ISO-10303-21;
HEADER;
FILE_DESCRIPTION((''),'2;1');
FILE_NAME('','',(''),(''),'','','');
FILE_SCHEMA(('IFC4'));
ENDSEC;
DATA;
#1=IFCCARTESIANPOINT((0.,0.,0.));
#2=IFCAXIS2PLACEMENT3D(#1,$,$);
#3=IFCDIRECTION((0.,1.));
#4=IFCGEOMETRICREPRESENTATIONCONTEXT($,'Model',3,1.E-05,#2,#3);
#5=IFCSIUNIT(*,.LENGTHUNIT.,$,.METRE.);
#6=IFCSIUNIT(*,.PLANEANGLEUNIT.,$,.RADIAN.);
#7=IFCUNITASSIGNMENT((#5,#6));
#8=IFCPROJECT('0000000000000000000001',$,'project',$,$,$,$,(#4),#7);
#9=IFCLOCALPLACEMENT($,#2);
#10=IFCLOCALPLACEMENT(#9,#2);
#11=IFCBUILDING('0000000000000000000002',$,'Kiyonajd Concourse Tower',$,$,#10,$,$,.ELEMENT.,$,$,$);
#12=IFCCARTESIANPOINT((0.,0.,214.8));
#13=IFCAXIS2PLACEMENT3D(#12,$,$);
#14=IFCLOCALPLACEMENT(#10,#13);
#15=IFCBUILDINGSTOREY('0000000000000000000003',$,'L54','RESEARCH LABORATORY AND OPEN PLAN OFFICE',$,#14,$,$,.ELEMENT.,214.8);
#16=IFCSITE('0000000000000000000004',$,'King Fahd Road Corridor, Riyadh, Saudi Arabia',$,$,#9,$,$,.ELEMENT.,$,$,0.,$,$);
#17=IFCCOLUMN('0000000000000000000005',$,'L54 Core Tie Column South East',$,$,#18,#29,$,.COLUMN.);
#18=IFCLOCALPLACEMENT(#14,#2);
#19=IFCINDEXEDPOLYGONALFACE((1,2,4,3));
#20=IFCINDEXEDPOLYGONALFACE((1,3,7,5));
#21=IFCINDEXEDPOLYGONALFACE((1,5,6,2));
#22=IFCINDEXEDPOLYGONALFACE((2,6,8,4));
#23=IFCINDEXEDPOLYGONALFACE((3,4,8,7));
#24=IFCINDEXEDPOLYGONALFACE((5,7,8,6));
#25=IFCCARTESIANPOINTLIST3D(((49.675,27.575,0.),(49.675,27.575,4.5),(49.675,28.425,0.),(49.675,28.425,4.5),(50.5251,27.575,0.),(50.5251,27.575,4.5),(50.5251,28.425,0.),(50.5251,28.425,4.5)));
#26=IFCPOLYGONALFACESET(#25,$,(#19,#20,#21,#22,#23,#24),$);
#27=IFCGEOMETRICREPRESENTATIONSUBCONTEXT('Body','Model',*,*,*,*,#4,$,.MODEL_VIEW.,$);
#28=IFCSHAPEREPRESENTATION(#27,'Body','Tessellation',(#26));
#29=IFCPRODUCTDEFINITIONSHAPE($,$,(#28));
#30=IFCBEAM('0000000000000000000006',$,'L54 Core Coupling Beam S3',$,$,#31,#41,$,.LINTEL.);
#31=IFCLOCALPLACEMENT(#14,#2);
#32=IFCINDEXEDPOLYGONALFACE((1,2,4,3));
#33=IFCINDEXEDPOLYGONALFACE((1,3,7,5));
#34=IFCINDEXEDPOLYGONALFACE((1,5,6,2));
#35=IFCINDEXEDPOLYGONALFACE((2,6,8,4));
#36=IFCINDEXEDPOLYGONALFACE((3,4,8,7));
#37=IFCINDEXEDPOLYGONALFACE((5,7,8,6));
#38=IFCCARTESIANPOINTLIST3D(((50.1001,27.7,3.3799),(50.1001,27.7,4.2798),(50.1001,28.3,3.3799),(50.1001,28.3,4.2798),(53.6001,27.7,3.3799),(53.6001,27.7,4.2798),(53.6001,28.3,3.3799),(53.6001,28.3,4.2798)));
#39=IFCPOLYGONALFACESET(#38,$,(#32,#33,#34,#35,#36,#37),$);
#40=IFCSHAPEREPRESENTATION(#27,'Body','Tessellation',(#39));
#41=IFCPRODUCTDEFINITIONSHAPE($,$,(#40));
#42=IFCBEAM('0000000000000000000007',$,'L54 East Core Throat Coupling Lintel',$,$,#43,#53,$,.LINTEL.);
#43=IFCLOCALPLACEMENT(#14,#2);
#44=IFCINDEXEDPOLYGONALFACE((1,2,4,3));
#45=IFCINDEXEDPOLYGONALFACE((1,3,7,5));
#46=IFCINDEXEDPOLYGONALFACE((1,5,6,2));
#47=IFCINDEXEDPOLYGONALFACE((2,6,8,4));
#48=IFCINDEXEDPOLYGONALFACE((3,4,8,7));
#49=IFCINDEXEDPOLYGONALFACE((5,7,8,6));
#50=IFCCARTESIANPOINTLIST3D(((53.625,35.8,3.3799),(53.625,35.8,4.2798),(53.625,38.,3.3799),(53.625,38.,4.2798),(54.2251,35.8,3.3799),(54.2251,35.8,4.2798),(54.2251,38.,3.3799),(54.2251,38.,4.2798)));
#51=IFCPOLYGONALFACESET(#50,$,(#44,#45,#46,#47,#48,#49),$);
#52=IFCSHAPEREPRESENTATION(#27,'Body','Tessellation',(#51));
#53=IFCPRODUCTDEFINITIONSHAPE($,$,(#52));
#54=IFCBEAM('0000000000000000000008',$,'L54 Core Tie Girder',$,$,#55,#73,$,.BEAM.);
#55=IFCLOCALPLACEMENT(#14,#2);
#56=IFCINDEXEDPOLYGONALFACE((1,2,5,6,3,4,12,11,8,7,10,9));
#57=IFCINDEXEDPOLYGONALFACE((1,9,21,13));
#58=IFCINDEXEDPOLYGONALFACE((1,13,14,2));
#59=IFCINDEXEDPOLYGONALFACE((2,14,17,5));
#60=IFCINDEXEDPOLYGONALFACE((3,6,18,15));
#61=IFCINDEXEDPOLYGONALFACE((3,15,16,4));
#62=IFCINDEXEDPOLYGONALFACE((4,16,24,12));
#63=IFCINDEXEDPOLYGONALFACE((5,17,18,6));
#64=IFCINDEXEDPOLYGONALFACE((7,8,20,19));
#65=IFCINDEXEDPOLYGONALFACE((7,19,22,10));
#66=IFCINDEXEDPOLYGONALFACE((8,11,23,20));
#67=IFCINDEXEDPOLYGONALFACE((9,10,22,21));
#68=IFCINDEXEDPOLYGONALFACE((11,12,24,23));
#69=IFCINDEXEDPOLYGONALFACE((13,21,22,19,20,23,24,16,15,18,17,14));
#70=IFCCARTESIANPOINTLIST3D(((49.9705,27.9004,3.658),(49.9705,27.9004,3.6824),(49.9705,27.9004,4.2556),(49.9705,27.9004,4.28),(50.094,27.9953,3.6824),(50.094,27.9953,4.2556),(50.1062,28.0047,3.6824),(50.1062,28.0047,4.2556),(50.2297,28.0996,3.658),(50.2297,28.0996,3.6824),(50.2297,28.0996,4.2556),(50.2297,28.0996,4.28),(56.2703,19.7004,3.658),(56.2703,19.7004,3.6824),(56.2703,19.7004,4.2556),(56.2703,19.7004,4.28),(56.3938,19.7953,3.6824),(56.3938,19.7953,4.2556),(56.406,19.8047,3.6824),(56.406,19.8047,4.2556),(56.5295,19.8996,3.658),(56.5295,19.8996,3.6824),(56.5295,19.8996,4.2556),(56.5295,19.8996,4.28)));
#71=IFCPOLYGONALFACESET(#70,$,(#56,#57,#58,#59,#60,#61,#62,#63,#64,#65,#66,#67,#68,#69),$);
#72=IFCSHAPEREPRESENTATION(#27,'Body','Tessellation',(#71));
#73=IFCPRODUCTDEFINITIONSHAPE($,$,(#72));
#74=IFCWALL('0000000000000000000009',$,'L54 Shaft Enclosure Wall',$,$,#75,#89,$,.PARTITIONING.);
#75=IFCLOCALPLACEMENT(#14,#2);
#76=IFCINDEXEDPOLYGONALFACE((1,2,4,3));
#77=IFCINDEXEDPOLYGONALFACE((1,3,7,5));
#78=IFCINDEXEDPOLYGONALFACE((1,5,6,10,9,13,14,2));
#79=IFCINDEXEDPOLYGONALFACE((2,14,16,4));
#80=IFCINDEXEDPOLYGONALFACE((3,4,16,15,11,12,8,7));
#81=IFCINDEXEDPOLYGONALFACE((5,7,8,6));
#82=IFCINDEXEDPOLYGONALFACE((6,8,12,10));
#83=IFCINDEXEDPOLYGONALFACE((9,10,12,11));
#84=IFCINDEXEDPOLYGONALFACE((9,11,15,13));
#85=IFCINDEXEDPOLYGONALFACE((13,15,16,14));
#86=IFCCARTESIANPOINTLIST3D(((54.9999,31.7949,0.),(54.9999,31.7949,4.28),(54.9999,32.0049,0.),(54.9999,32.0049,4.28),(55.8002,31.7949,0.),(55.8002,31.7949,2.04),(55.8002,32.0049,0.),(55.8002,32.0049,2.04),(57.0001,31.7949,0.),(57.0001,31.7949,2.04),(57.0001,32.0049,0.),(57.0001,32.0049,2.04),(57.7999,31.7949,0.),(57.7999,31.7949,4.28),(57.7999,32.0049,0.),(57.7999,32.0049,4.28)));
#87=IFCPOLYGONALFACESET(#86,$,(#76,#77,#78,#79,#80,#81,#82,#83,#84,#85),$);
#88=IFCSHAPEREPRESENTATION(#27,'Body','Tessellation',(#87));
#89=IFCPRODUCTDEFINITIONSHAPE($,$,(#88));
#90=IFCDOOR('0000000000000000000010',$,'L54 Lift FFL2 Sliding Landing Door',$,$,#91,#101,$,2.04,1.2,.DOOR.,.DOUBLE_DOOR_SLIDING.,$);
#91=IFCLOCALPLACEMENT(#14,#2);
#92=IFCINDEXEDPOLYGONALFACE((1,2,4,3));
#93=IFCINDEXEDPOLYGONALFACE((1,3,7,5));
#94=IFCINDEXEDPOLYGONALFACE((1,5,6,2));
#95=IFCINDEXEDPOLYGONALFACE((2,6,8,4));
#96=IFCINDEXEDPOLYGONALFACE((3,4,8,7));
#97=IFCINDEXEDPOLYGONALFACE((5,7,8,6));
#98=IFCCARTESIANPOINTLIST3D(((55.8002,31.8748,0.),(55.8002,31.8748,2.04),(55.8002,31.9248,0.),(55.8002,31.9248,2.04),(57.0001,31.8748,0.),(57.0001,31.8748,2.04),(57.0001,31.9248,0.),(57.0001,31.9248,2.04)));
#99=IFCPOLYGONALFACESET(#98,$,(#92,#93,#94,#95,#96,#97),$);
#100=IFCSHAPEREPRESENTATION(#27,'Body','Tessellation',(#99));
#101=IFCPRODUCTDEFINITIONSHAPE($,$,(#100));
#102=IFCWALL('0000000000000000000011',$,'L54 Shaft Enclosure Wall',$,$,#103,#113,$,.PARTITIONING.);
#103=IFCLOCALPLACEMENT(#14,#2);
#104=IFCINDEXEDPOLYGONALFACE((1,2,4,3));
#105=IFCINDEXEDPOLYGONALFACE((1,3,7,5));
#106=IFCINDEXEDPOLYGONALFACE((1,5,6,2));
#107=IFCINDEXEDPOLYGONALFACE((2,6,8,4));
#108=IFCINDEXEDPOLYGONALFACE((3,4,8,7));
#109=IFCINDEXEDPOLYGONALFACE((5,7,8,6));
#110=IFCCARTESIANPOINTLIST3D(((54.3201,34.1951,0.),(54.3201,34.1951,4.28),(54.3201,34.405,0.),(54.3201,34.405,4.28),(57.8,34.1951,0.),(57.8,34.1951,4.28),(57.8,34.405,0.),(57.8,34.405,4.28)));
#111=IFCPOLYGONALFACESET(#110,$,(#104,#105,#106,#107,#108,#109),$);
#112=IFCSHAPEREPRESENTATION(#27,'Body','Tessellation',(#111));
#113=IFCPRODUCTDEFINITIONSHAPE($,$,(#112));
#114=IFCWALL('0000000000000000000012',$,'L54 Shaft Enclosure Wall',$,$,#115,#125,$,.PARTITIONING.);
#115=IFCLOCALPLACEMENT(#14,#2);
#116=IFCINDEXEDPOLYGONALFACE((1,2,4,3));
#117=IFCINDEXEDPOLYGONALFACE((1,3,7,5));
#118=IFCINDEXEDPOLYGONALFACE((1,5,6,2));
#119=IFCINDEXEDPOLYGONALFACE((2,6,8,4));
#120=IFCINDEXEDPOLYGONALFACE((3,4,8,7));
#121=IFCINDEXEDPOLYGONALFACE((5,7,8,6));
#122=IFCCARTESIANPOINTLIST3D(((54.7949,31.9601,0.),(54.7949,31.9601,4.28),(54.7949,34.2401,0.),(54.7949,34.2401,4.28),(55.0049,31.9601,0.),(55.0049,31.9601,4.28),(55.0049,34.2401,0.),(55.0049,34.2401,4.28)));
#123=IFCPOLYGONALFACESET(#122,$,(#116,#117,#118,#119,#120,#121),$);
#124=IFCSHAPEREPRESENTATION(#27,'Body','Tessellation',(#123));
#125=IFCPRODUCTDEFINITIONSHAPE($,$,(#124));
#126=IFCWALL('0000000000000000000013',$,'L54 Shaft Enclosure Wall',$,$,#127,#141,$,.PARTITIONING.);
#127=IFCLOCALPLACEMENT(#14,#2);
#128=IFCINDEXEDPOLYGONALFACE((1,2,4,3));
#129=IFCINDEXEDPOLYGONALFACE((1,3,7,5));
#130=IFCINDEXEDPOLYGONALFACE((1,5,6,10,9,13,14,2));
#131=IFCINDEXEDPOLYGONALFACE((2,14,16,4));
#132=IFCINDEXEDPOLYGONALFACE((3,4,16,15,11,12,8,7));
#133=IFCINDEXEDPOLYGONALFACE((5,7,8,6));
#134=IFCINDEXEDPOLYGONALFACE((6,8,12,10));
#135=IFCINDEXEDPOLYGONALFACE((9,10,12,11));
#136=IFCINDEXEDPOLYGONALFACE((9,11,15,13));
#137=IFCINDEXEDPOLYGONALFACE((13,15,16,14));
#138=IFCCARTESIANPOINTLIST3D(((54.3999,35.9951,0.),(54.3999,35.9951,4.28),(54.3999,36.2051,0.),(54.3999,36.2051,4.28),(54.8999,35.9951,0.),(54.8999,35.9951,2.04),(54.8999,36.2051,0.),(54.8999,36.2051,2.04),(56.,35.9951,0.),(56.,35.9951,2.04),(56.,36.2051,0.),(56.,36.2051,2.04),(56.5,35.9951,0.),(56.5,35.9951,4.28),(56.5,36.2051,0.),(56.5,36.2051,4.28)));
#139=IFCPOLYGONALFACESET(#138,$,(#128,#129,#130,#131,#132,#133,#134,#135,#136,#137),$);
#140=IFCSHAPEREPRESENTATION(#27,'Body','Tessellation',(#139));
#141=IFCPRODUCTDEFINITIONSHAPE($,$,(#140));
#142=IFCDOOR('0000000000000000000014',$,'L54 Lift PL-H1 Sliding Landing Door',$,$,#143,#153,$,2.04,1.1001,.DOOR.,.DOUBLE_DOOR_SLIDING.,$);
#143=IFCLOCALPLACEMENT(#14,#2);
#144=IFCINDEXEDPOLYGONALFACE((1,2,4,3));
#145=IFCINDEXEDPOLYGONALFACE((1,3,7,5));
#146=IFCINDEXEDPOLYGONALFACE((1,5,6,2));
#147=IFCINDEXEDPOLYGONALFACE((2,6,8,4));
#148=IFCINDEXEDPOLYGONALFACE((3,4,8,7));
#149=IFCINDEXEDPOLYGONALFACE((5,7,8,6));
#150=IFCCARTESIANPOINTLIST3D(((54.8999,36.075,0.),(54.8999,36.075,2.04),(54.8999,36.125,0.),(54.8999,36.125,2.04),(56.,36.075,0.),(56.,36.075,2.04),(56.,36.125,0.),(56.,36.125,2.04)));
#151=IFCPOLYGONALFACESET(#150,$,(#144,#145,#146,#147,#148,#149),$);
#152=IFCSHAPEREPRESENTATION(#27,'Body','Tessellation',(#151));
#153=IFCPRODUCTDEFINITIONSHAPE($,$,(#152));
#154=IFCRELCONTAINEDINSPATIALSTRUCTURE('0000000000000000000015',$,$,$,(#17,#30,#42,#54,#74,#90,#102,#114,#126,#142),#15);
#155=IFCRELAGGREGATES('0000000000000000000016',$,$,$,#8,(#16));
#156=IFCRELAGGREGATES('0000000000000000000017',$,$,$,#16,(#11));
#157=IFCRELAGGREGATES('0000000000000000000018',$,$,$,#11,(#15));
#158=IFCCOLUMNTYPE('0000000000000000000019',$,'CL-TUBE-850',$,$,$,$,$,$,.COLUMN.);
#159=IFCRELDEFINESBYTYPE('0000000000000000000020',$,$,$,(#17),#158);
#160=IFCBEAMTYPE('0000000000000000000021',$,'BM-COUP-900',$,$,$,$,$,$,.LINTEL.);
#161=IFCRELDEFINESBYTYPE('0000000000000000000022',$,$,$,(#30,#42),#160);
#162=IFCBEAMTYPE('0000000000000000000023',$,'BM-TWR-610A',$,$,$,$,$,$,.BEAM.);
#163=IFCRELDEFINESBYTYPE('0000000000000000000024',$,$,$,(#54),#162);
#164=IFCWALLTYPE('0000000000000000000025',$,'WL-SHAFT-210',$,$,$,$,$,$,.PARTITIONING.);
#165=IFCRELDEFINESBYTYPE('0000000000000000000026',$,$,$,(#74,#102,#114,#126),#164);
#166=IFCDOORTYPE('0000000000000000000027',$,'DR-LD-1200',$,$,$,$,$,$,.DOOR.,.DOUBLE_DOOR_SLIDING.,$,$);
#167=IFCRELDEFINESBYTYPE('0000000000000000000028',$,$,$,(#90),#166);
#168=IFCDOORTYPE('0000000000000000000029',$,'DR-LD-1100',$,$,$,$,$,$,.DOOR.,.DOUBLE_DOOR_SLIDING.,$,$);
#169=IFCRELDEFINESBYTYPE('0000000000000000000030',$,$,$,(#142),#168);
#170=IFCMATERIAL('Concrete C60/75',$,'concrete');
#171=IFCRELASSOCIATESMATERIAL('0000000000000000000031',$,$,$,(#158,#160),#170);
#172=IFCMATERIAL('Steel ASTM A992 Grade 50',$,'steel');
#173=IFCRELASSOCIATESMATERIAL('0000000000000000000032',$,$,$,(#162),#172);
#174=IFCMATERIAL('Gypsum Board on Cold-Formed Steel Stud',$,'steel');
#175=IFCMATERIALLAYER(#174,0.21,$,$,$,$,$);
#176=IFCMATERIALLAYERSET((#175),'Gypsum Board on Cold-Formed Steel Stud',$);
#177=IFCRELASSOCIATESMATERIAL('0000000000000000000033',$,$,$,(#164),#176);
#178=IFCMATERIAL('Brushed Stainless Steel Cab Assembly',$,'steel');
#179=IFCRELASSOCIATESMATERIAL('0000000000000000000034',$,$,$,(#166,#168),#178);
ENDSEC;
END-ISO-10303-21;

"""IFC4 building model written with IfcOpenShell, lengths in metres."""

from ifc_helpers import new_model, si_unit, direction, frame, frame_2d, origin, origin_2d, place, context, subcontext, project, spatial, rectangle, i_section, extrude, material, layer, layer_set, material_profile, profile_set, type_object, element, fill, save


model = new_model("IFC4")

# Units and contexts
model_context = context("Model", 3, precision=1e-05, world=origin(), true_north=direction((0.0, 1.0)))
body_context = subcontext(model_context, "Body", "Model", "MODEL_VIEW")
ifc_project = project(units=[si_unit("LENGTHUNIT", "METRE"), si_unit("PLANEANGLEUNIT", "RADIAN")], contexts=[model_context])

# Site, building, storey
site_placement = place(None, origin())
site = spatial("IfcSite", under=ifc_project, at=site_placement, Name="King Fahd Road Corridor, Riyadh, Saudi Arabia", CompositionType="ELEMENT", RefElevation=0.0)
building_placement = place(site_placement, origin())
building = spatial("IfcBuilding", under=site, at=building_placement, Name="Kiyonajd Concourse Tower", CompositionType="ELEMENT")
storey_placement = place(building_placement, frame((0.0, 0.0, 214.8)))
storey = spatial("IfcBuildingStorey", under=building, at=storey_placement, Name="L54", Description="RESEARCH LABORATORY AND OPEN PLAN OFFICE", CompositionType="ELEMENT", Elevation=214.8)

# Column
ifc_material_1 = material(Name="Concrete C60/75", Category="concrete")
ifc_material_profile_1 = material_profile(ifc_material_1, rectangle(XDim=0.8501, YDim=0.8501, at=origin_2d()), Name="RC-850x850")
ifc_profile_set_1 = profile_set([ifc_material_profile_1], Name="Concrete C60/75")
column_type = type_object("IfcColumnType", Name="CL-TUBE-850", PredefinedType="COLUMN", material=ifc_profile_set_1)
column_placement = place(storey_placement, frame((50.1001, 28.0, 0.0), z_axis=(0.0, 0.0, 1.0), x_axis=(1.0, 0.0, 0.0)))
element("IfcColumn", 1, at=column_placement, inside=storey, type_object=column_type, Name="L54 Core Tie Column South East", PredefinedType="COLUMN", context=body_context, shape_type="SweptSolid", body=[
    extrude(rectangle(XDim=0.8501, YDim=0.8501, at=origin_2d()), origin(), (0.0, 0.0, 1.0), 4.5),
])

# Beams
ifc_material_profile_2 = material_profile(ifc_material_1, rectangle(XDim=0.6001, YDim=0.8999, at=origin_2d()), Name="RCBM-600x900")
ifc_profile_set_2 = profile_set([ifc_material_profile_2], Name="Concrete C60/75")
beam_type_1 = type_object("IfcBeamType", Name="BM-COUP-900", PredefinedType="LINTEL", material=ifc_profile_set_2)
beam_1_placement = place(storey_placement, frame((50.1001, 28.0, 3.8298), z_axis=(1.0, 0.0, 0.0), x_axis=(0.0, 1.0, 0.0)))
element("IfcBeam", 2, at=beam_1_placement, inside=storey, type_object=beam_type_1, Name="L54 Core Coupling Beam S3", PredefinedType="LINTEL", context=body_context, shape_type="SweptSolid", body=[
    extrude(rectangle(XDim=0.6001, YDim=0.8999, at=origin_2d()), origin(), (0.0, 0.0, 1.0), 3.5),
])
beam_2_placement = place(storey_placement, frame((53.925, 35.8, 3.8298), z_axis=(0.0, 1.0, 0.0), x_axis=(-1.0, 0.0, 0.0)))
element("IfcBeam", 3, at=beam_2_placement, inside=storey, type_object=beam_type_1, Name="L54 East Core Throat Coupling Lintel", PredefinedType="LINTEL", context=body_context, shape_type="SweptSolid", body=[
    extrude(rectangle(XDim=0.6001, YDim=0.8999, at=origin_2d()), origin(), (0.0, 0.0, 1.0), 2.2),
])
ifc_material_2 = material(Name="Steel ASTM A992 Grade 50", Category="steel")
ifc_material_profile_3 = material_profile(ifc_material_2, i_section(OverallWidth=0.3269, OverallDepth=0.6221, WebThickness=0.0154, FlangeThickness=0.0244, at=origin_2d()), Name="W610X195")
ifc_profile_set_3 = profile_set([ifc_material_profile_3], Name="Steel ASTM A992 Grade 50")
beam_type_2 = type_object("IfcBeamType", Name="BM-TWR-610A", PredefinedType="BEAM", material=ifc_profile_set_3)
beam_3_placement = place(storey_placement, frame((50.1001, 28.0, 3.969), z_axis=(0.609234, -0.792991, 0.0), x_axis=(0.792991, 0.609234, 0.0)))
element("IfcBeam", 4, at=beam_3_placement, inside=storey, type_object=beam_type_2, Name="L54 Core Tie Girder", PredefinedType="BEAM", context=body_context, shape_type="SweptSolid", body=[
    extrude(i_section(OverallWidth=0.3269, OverallDepth=0.6221, WebThickness=0.0154, FlangeThickness=0.0244, at=origin_2d()), origin(), (0.0, 0.0, 1.0), 10.3406),
])

# Wall, opening, door
ifc_material_3 = material(Name="Gypsum Board on Cold-Formed Steel Stud", Category="steel")
ifc_layer_1 = layer(ifc_material_3, 0.21)
ifc_layer_set_1 = layer_set([ifc_layer_1], Name="Gypsum Board on Cold-Formed Steel Stud")
wall_type_1 = type_object("IfcWallType", Name="WL-SHAFT-210", PredefinedType="PARTITIONING", material=ifc_layer_set_1)
wall_1_placement = place(storey_placement, frame((55.0, 31.8999, 0.0), z_axis=(0.0, 0.0, 1.0), x_axis=(1.0, 0.0, 0.0)))
wall_1 = element("IfcWall", 5, at=wall_1_placement, inside=storey, type_object=wall_type_1, Name="L54 Shaft Enclosure Wall", PredefinedType="PARTITIONING", context=body_context, shape_type="SweptSolid", body=[
    extrude(rectangle(XDim=2.8, YDim=0.21, at=frame_2d((1.3999, 0.0))), origin(), (0.0, 0.0, 1.0), 4.28),
])
opening_1_placement = place(wall_1_placement, frame((0.8, 0.0, 0.0)))
opening_1 = element("IfcOpeningElement", 6, at=opening_1_placement, cuts=wall_1, PredefinedType="OPENING", context=body_context, shape_type="SweptSolid", body=[
    extrude(rectangle(XDim=1.2, YDim=2.04, at=frame_2d((0.6001, 1.02))), frame((0.0, 0.115, 0.0), z_axis=(0.0, -1.0, 0.0), x_axis=(1.0, 0.0, 0.0)), (0.0, 0.0, 1.0), 0.23),
])
ifc_material_4 = material(Name="Brushed Stainless Steel Cab Assembly", Category="steel")
door_type_1 = type_object("IfcDoorType", Name="DR-LD-1200", OperationType="DOUBLE_DOOR_SLIDING", PredefinedType="DOOR", material=ifc_material_4)
door_1_placement = place(opening_1_placement, origin())
door_1 = element("IfcDoor", 7, at=door_1_placement, inside=storey, type_object=door_type_1, Name="L54 Lift FFL2 Sliding Landing Door", OperationType="DOUBLE_DOOR_SLIDING", OverallHeight=2.04, OverallWidth=1.2, PredefinedType="DOOR", context=body_context, shape_type="SweptSolid", body=[
    extrude(rectangle(XDim=1.2, YDim=2.04, at=frame_2d((0.6001, 1.02))), frame((0.0, 0.0249, 0.0), z_axis=(0.0, -1.0, 0.0), x_axis=(1.0, 0.0, 0.0)), (0.0, 0.0, 1.0), 0.05),
])
fill(opening_1, door_1)

# Walls
wall_2_placement = place(storey_placement, frame((54.3201, 34.3, 0.0), z_axis=(0.0, 0.0, 1.0), x_axis=(1.0, 0.0, 0.0)))
element("IfcWall", 8, at=wall_2_placement, inside=storey, type_object=wall_type_1, Name="L54 Shaft Enclosure Wall", PredefinedType="PARTITIONING", context=body_context, shape_type="SweptSolid", body=[
    extrude(rectangle(XDim=3.48, YDim=0.21, at=frame_2d((1.74, 0.0))), origin(), (0.0, 0.0, 1.0), 4.28),
])
wall_3_placement = place(storey_placement, frame((54.8999, 31.96, 0.0), z_axis=(0.0, 0.0, 1.0), x_axis=(0.0, 1.0, 0.0)))
element("IfcWall", 9, at=wall_3_placement, inside=storey, type_object=wall_type_1, Name="L54 Shaft Enclosure Wall", PredefinedType="PARTITIONING", context=body_context, shape_type="SweptSolid", body=[
    extrude(rectangle(XDim=2.28, YDim=0.21, at=frame_2d((1.1401, 0.0))), origin(), (0.0, 0.0, 1.0), 4.28),
])

# Wall, opening, door
wall_4_placement = place(storey_placement, frame((54.3999, 36.1001, 0.0), z_axis=(0.0, 0.0, 1.0), x_axis=(1.0, 0.0, 0.0)))
wall_4 = element("IfcWall", 10, at=wall_4_placement, inside=storey, type_object=wall_type_1, Name="L54 Shaft Enclosure Wall", PredefinedType="PARTITIONING", context=body_context, shape_type="SweptSolid", body=[
    extrude(rectangle(XDim=2.1001, YDim=0.21, at=frame_2d((1.05, 0.0))), origin(), (0.0, 0.0, 1.0), 4.28),
])
opening_2_placement = place(wall_4_placement, frame((0.5, 0.0, 0.0)))
opening_2 = element("IfcOpeningElement", 11, at=opening_2_placement, cuts=wall_4, PredefinedType="OPENING", context=body_context, shape_type="SweptSolid", body=[
    extrude(rectangle(XDim=1.1001, YDim=2.04, at=frame_2d((0.55, 1.02))), frame((0.0, 0.115, 0.0), z_axis=(0.0, -1.0, 0.0), x_axis=(1.0, 0.0, 0.0)), (0.0, 0.0, 1.0), 0.23),
])
door_type_2 = type_object("IfcDoorType", Name="DR-LD-1100", OperationType="DOUBLE_DOOR_SLIDING", PredefinedType="DOOR", material=ifc_material_4)
door_2_placement = place(opening_2_placement, origin())
door_2 = element("IfcDoor", 12, at=door_2_placement, inside=storey, type_object=door_type_2, Name="L54 Lift PL-H1 Sliding Landing Door", OperationType="DOUBLE_DOOR_SLIDING", OverallHeight=2.04, OverallWidth=1.1001, PredefinedType="DOOR", context=body_context, shape_type="SweptSolid", body=[
    extrude(rectangle(XDim=1.1001, YDim=2.04, at=frame_2d((0.55, 1.02))), frame((0.0, 0.0249, 0.0), z_axis=(0.0, -1.0, 0.0), x_axis=(1.0, 0.0, 0.0)), (0.0, 0.0, 1.0), 0.05),
])
fill(opening_2, door_2)

save(model, "model.ifc")
